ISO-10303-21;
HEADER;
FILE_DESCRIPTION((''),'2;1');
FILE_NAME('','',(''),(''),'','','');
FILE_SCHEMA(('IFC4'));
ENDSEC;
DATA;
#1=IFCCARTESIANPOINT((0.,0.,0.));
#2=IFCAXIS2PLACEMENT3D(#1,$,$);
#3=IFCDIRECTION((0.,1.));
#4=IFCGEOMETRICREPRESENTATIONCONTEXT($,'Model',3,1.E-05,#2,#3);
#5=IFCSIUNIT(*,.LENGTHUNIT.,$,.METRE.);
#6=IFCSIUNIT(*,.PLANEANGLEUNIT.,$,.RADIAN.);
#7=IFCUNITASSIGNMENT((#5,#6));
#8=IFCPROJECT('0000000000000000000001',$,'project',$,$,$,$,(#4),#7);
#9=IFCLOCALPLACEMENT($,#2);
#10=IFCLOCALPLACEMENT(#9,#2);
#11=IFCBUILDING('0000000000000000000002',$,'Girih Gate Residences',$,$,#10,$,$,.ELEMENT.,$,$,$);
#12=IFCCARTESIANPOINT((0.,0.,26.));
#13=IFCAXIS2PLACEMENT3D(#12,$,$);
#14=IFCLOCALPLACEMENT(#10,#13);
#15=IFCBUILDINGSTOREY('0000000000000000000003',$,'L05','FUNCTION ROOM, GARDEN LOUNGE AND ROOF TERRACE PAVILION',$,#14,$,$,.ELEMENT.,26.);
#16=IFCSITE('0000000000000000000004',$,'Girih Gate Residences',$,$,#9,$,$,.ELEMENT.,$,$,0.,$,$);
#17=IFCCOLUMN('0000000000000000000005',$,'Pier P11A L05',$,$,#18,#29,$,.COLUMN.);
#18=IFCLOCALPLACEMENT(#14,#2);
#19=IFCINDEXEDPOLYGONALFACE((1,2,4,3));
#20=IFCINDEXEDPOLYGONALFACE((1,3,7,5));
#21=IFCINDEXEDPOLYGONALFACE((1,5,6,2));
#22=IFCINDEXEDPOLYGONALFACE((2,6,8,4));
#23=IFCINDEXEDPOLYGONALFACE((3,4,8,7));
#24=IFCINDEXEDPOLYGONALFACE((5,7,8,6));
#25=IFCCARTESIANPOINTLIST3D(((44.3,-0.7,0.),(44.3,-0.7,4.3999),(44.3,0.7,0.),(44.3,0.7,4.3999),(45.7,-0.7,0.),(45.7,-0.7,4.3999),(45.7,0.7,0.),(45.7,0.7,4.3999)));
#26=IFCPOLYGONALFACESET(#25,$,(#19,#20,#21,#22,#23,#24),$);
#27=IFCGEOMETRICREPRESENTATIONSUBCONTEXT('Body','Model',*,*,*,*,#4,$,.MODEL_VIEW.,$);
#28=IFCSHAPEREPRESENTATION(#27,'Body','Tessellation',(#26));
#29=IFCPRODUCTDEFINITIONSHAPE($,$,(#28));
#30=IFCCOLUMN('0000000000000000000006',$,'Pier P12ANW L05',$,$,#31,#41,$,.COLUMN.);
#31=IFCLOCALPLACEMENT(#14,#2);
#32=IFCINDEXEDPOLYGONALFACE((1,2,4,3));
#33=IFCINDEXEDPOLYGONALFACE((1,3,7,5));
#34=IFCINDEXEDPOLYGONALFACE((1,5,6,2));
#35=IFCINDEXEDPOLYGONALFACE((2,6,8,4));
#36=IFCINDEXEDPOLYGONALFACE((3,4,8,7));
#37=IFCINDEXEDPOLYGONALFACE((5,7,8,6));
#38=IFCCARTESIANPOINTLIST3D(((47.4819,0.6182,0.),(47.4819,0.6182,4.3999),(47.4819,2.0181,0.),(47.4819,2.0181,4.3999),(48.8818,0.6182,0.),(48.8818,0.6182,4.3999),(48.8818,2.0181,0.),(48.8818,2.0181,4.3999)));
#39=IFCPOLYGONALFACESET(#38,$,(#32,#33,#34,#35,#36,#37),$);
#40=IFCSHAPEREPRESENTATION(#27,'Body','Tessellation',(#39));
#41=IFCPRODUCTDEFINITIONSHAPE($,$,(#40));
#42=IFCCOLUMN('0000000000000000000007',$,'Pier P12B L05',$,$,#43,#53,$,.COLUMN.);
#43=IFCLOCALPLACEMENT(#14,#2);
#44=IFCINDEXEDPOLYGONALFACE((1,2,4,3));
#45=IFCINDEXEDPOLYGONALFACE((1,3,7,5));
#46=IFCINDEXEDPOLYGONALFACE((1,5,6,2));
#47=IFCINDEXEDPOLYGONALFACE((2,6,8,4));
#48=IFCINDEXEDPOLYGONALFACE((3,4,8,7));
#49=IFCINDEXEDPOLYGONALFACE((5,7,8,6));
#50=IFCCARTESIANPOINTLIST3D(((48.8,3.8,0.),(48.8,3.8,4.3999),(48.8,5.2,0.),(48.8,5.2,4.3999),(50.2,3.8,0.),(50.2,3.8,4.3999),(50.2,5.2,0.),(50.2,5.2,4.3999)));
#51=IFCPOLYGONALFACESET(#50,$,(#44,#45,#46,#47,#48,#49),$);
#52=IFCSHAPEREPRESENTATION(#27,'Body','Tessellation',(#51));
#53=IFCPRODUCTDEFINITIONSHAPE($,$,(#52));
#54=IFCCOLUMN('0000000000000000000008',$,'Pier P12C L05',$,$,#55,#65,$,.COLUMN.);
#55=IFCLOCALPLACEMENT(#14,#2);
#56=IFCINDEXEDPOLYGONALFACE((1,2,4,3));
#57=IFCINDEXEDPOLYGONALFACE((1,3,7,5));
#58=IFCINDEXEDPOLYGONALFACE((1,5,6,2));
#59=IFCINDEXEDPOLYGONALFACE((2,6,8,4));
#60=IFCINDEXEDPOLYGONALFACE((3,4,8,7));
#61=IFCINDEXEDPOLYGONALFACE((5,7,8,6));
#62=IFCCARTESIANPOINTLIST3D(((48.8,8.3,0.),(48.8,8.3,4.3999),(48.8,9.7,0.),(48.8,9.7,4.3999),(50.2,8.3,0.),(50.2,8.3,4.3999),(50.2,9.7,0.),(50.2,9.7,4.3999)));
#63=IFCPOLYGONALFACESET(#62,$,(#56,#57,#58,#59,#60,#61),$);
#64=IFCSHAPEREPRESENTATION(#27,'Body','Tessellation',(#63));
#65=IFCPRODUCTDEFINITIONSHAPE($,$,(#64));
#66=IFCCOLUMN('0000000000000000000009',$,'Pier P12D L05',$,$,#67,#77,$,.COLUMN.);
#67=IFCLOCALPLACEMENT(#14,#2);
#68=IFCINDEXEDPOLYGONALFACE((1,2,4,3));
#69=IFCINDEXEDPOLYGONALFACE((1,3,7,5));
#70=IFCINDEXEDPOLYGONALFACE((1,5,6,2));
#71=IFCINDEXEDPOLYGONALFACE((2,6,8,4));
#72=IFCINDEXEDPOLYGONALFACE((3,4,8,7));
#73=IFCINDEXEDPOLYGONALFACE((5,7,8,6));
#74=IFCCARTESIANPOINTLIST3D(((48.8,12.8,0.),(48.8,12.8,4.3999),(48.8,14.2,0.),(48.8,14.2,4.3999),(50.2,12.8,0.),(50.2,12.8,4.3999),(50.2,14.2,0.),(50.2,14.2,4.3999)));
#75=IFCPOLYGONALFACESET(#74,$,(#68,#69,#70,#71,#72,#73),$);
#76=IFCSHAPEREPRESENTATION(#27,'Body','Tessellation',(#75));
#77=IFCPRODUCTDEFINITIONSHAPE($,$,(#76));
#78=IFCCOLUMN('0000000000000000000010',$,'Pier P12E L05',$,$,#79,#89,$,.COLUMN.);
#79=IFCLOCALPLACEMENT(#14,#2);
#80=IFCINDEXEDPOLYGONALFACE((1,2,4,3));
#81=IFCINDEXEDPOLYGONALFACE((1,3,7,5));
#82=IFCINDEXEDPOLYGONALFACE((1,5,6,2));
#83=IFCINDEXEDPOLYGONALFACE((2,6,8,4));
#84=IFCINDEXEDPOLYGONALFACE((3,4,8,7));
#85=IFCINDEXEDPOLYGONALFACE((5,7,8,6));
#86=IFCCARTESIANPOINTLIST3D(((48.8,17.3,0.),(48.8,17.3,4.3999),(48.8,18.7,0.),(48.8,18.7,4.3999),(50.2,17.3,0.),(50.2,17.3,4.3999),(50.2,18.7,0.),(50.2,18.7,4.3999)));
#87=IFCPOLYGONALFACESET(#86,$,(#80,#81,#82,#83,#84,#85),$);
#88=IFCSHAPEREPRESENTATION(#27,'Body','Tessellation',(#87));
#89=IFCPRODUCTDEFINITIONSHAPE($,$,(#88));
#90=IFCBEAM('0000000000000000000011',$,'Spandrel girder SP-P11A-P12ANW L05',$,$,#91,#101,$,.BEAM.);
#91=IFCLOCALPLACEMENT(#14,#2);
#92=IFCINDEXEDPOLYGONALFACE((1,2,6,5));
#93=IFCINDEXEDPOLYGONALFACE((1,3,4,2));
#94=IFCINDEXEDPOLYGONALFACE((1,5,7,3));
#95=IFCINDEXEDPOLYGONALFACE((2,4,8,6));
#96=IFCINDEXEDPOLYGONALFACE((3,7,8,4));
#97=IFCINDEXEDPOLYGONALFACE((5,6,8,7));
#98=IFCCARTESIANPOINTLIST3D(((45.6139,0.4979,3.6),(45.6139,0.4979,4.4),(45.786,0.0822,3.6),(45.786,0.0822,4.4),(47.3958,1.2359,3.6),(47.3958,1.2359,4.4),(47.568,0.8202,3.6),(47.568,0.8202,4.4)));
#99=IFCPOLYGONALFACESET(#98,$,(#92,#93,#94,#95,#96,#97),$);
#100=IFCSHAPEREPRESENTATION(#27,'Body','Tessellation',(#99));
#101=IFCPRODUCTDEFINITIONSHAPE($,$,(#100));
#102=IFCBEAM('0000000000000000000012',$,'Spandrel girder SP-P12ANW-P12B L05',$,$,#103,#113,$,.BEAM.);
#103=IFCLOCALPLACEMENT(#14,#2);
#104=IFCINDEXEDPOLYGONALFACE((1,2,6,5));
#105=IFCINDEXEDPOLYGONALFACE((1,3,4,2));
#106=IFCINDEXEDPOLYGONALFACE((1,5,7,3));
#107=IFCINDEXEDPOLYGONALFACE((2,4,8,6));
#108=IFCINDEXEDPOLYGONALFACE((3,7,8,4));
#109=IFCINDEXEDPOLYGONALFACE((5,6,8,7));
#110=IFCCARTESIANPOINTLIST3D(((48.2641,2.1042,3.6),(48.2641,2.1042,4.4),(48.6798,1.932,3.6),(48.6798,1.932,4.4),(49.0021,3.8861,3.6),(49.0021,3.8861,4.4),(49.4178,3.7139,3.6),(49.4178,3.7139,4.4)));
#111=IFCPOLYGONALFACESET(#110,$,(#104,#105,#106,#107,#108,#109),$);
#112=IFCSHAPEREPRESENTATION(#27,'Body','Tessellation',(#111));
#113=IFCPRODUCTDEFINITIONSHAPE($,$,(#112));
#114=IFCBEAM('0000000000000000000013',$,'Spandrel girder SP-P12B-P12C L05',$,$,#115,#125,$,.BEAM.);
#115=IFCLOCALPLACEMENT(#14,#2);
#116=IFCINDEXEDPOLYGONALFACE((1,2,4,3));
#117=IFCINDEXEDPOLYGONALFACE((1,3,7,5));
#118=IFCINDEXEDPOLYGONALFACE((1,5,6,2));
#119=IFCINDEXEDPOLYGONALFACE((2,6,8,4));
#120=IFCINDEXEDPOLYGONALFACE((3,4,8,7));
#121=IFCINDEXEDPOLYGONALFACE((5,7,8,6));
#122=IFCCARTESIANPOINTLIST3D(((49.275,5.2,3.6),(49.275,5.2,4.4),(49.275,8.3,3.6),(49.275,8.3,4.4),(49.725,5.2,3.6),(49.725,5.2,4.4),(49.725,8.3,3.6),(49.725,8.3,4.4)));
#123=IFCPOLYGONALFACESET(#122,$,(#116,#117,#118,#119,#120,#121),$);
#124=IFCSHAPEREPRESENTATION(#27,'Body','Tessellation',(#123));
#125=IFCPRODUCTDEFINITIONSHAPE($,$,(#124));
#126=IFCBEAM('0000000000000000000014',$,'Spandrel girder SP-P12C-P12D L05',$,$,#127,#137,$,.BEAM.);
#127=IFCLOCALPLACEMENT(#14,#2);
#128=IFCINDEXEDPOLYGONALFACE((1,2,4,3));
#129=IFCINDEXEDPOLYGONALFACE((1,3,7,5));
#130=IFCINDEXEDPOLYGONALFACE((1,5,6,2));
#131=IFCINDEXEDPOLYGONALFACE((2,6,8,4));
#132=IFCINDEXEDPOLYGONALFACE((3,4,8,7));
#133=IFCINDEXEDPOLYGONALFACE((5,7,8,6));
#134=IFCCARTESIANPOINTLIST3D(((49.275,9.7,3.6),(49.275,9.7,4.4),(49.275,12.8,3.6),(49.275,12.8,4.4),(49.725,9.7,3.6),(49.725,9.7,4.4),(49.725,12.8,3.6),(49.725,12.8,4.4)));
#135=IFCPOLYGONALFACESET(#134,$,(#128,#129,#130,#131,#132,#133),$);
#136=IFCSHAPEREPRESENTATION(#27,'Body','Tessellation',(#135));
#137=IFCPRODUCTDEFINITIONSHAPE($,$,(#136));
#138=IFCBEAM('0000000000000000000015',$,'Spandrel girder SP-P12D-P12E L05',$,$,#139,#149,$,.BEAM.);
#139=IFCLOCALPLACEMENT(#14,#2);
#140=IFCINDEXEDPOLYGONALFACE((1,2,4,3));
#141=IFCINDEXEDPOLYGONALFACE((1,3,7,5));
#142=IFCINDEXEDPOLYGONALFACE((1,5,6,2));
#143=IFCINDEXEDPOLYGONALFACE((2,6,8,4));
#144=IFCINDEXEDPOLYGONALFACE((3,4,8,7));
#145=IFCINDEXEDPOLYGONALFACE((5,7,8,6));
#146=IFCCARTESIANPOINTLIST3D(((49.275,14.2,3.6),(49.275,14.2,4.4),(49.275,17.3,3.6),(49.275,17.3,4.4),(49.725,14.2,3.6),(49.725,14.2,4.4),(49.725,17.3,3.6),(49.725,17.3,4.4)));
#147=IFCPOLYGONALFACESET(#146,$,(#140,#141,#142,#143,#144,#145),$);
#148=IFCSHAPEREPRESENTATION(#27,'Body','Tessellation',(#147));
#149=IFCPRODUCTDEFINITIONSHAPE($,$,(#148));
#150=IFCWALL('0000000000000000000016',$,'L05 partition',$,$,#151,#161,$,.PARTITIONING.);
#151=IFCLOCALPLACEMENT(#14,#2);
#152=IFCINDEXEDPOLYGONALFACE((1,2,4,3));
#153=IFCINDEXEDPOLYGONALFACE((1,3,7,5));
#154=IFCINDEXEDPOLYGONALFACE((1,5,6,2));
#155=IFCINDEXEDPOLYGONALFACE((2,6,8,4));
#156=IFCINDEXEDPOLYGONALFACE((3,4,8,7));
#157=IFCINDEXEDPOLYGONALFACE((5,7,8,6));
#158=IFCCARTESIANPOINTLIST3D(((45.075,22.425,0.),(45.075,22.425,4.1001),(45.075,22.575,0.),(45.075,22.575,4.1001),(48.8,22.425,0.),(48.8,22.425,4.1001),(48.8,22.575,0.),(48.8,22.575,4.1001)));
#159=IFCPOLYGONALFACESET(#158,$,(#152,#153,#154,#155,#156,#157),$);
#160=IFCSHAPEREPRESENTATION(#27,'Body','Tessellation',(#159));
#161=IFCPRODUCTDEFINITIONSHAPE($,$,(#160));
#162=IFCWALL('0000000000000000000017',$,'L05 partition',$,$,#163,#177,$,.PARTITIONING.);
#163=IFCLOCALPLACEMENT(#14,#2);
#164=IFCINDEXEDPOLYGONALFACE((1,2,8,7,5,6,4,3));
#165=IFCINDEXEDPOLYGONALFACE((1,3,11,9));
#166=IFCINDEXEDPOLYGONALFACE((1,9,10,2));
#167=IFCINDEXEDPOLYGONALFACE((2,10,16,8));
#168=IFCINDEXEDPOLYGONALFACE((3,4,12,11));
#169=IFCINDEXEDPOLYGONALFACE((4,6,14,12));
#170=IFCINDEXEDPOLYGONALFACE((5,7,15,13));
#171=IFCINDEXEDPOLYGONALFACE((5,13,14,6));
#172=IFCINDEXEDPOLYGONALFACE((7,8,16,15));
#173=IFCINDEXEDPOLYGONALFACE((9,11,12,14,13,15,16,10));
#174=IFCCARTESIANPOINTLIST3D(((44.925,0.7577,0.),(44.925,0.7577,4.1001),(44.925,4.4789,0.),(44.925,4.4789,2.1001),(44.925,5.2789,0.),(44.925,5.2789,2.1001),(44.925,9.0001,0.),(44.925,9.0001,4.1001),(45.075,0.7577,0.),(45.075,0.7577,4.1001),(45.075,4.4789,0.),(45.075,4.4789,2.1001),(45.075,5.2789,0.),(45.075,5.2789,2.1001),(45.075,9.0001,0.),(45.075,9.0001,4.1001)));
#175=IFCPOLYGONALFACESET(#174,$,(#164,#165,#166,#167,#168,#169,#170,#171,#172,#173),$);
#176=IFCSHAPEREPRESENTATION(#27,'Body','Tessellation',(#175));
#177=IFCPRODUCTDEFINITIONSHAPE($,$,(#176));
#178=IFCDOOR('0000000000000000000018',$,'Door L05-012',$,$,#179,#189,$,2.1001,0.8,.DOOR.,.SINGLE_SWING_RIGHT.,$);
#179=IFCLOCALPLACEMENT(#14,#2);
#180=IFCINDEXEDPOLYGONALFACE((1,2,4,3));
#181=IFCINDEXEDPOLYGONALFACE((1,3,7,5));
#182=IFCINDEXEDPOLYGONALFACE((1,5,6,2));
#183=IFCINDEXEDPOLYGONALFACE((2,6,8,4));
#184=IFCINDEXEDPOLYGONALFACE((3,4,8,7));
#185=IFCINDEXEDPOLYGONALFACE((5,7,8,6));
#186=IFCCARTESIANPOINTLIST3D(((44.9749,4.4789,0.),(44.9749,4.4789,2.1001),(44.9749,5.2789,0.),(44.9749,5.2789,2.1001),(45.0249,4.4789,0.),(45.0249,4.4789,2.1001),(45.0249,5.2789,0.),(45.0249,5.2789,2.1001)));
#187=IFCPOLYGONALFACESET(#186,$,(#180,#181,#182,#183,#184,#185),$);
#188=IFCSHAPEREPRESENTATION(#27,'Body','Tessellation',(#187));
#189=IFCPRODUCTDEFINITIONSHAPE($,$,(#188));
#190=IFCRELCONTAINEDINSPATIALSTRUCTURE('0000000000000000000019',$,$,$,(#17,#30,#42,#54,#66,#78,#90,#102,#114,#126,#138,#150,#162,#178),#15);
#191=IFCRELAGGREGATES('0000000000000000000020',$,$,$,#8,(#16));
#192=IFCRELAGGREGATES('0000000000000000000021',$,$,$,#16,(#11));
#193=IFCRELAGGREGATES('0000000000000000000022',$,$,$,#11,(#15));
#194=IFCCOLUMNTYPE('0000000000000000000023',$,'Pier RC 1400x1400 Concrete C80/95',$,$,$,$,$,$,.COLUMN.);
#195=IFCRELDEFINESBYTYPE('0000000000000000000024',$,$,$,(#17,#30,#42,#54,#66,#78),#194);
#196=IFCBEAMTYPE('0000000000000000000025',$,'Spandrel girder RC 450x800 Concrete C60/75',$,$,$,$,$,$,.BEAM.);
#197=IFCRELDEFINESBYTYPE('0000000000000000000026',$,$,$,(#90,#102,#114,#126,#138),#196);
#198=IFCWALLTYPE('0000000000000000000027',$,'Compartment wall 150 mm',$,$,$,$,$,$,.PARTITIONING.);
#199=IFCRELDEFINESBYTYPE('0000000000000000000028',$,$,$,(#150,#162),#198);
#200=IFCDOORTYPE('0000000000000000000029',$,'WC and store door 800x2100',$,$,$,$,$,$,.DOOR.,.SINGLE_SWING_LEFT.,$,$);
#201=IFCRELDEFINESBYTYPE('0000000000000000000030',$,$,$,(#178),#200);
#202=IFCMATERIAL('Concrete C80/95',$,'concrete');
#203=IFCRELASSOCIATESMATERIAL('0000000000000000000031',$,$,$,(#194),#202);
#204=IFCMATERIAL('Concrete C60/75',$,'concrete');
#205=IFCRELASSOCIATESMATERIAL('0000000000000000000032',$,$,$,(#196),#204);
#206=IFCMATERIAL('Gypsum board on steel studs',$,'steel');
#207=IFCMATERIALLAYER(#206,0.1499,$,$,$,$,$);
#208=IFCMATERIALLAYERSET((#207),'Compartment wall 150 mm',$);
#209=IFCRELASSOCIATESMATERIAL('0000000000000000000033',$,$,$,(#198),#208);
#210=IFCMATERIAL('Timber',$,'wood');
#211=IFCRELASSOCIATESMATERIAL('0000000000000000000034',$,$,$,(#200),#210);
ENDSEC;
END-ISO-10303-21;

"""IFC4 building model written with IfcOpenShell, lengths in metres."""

from ifc_helpers import new_model, si_unit, direction, frame, frame_2d, origin, origin_2d, place, context, subcontext, project, spatial, rectangle, extrude, material, layer, layer_set, material_profile, profile_set, type_object, element, fill, save


model = new_model("IFC4")

# Units and contexts
model_context = context("Model", 3, precision=1e-05, world=origin(), true_north=direction((0.0, 1.0)))
body_context = subcontext(model_context, "Body", "Model", "MODEL_VIEW")
ifc_project = project(units=[si_unit("LENGTHUNIT", "METRE"), si_unit("PLANEANGLEUNIT", "RADIAN")], contexts=[model_context])

# Site, building, storey
site_placement = place(None, origin())
site = spatial("IfcSite", under=ifc_project, at=site_placement, Name="Girih Gate Residences", CompositionType="ELEMENT", RefElevation=0.0)
building_placement = place(site_placement, origin())
building = spatial("IfcBuilding", under=site, at=building_placement, Name="Girih Gate Residences", CompositionType="ELEMENT")
storey_placement = place(building_placement, frame((0.0, 0.0, 26.0)))
storey = spatial("IfcBuildingStorey", under=building, at=storey_placement, Name="L05", Description="FUNCTION ROOM, GARDEN LOUNGE AND ROOF TERRACE PAVILION", CompositionType="ELEMENT", Elevation=26.0)

# Columns
ifc_material_1 = material(Name="Concrete C80/95", Category="concrete")
ifc_material_profile_1 = material_profile(ifc_material_1, rectangle(XDim=1.3999, YDim=1.3999, at=origin_2d()))
ifc_profile_set_1 = profile_set([ifc_material_profile_1], Name="Concrete C80/95")
column_type = type_object("IfcColumnType", Name="Pier RC 1400x1400 Concrete C80/95", PredefinedType="COLUMN", material=ifc_profile_set_1)
for number, where, z_axis, x_axis, name in (
    (1, (45.0, 0.0, 0.0), (0.0, 0.0, 1.0), (1.0, 0.0, 0.0), "Pier P11A L05"),
    (2, (48.1819, 1.3181, 0.0), (0.0, 0.0, 1.0), (1.0, 0.0, 0.0), "Pier P12ANW L05"),
    (3, (49.5, 4.5, 0.0), (0.0, 0.0, 1.0), (1.0, 0.0, 0.0), "Pier P12B L05"),
    (4, (49.5, 9.0, 0.0), (0.0, 0.0, 1.0), (1.0, 0.0, 0.0), "Pier P12C L05"),
    (5, (49.5, 13.5, 0.0), (0.0, 0.0, 1.0), (1.0, 0.0, 0.0), "Pier P12D L05"),
    (6, (49.5, 18.0, 0.0), (0.0, 0.0, 1.0), (1.0, 0.0, 0.0), "Pier P12E L05"),
):
    element("IfcColumn", number, at=place(storey_placement, frame(where, z_axis=z_axis, x_axis=x_axis)), inside=storey, type_object=column_type, Name=name, PredefinedType="COLUMN", context=body_context, shape_type="SweptSolid", body=[
        extrude(rectangle(XDim=1.3999, YDim=1.3999, at=origin_2d()), origin(), (0.0, 0.0, 1.0), 4.3999),
    ])

# Beams
ifc_material_2 = material(Name="Concrete C60/75", Category="concrete")
ifc_material_profile_2 = material_profile(ifc_material_2, rectangle(XDim=0.45, YDim=0.8, at=origin_2d()))
ifc_profile_set_2 = profile_set([ifc_material_profile_2], Name="Concrete C60/75")
beam_type = type_object("IfcBeamType", Name="Spandrel girder RC 450x800 Concrete C60/75", PredefinedType="BEAM", material=ifc_profile_set_2)
for number, where, z_axis, x_axis, name in (
    (7, (45.7, 0.29, 4.0), (0.923895, 0.382646, 0.0), (-0.382646, 0.923895, 0.0), "Spandrel girder SP-P11A-P12ANW L05"),
    (8, (48.4719, 2.0181, 4.0), (0.382646, 0.923895, 0.0), (-0.923895, 0.382646, 0.0), "Spandrel girder SP-P12ANW-P12B L05"),
):
    element("IfcBeam", number, at=place(storey_placement, frame(where, z_axis=z_axis, x_axis=x_axis)), inside=storey, type_object=beam_type, Name=name, PredefinedType="BEAM", context=body_context, shape_type="SweptSolid", body=[
        extrude(rectangle(XDim=0.45, YDim=0.8, at=origin_2d()), origin(), (0.0, 0.0, 1.0), 1.9287),
    ])
for number, where, z_axis, x_axis, name in (
    (9, (49.5, 5.2, 4.0), (0.0, 1.0, 0.0), (-1.0, 0.0, 0.0), "Spandrel girder SP-P12B-P12C L05"),
    (10, (49.5, 9.7, 4.0), (0.0, 1.0, 0.0), (-1.0, 0.0, 0.0), "Spandrel girder SP-P12C-P12D L05"),
    (11, (49.5, 14.2, 4.0), (0.0, 1.0, 0.0), (-1.0, 0.0, 0.0), "Spandrel girder SP-P12D-P12E L05"),
):
    element("IfcBeam", number, at=place(storey_placement, frame(where, z_axis=z_axis, x_axis=x_axis)), inside=storey, type_object=beam_type, Name=name, PredefinedType="BEAM", context=body_context, shape_type="SweptSolid", body=[
        extrude(rectangle(XDim=0.45, YDim=0.8, at=origin_2d()), origin(), (0.0, 0.0, 1.0), 3.1001),
    ])

# Wall
ifc_material_3 = material(Name="Gypsum board on steel studs", Category="steel")
ifc_layer_1 = layer(ifc_material_3, 0.1499)
ifc_layer_set_1 = layer_set([ifc_layer_1], Name="Compartment wall 150 mm")
wall_type_1 = type_object("IfcWallType", Name="Compartment wall 150 mm", PredefinedType="PARTITIONING", material=ifc_layer_set_1)
wall_1_placement = place(storey_placement, frame((45.075, 22.5, 0.0), z_axis=(0.0, 0.0, 1.0), x_axis=(1.0, 0.0, 0.0)))
element("IfcWall", 12, at=wall_1_placement, inside=storey, type_object=wall_type_1, Name="L05 partition", PredefinedType="PARTITIONING", context=body_context, shape_type="SweptSolid", body=[
    extrude(rectangle(XDim=3.7251, YDim=0.1499, at=frame_2d((1.8625, 0.0))), origin(), (0.0, 0.0, 1.0), 4.1001),
])

# Wall, opening, door
wall_2_placement = place(storey_placement, frame((45.0, 9.0, 0.0), z_axis=(0.0, 0.0, 1.0), x_axis=(0.0, -1.0, 0.0)))
wall_2 = element("IfcWall", 13, at=wall_2_placement, inside=storey, type_object=wall_type_1, Name="L05 partition", PredefinedType="PARTITIONING", context=body_context, shape_type="SweptSolid", body=[
    extrude(rectangle(XDim=8.2424, YDim=0.1499, at=frame_2d((4.1211, 0.0))), origin(), (0.0, 0.0, 1.0), 4.1001),
])
opening_1_placement = place(wall_2_placement, frame((3.7212, 0.0, 0.0)))
opening_1 = element("IfcOpeningElement", 14, at=opening_1_placement, cuts=wall_2, PredefinedType="OPENING", context=body_context, shape_type="SweptSolid", body=[
    extrude(rectangle(XDim=0.8, YDim=2.1001, at=frame_2d((0.3999, 1.05))), frame((0.0, 0.085, 0.0), z_axis=(0.0, -1.0, 0.0), x_axis=(1.0, 0.0, 0.0)), (0.0, 0.0, 1.0), 0.1699),
])
ifc_material_4 = material(Name="Timber", Category="wood")
door_type = type_object("IfcDoorType", Name="WC and store door 800x2100", OperationType="SINGLE_SWING_LEFT", PredefinedType="DOOR", material=ifc_material_4)
door_1_placement = place(opening_1_placement, origin())
door_1 = element("IfcDoor", 15, at=door_1_placement, inside=storey, type_object=door_type, Name="Door L05-012", OperationType="SINGLE_SWING_RIGHT", OverallHeight=2.1001, OverallWidth=0.8, PredefinedType="DOOR", context=body_context, shape_type="SweptSolid", body=[
    extrude(rectangle(XDim=0.8, YDim=2.1001, at=frame_2d((0.3999, 1.05))), frame((0.0, 0.0249, 0.0), z_axis=(0.0, -1.0, 0.0), x_axis=(1.0, 0.0, 0.0)), (0.0, 0.0, 1.0), 0.05),
])
fill(opening_1, door_1)

save(model, "model.ifc")
